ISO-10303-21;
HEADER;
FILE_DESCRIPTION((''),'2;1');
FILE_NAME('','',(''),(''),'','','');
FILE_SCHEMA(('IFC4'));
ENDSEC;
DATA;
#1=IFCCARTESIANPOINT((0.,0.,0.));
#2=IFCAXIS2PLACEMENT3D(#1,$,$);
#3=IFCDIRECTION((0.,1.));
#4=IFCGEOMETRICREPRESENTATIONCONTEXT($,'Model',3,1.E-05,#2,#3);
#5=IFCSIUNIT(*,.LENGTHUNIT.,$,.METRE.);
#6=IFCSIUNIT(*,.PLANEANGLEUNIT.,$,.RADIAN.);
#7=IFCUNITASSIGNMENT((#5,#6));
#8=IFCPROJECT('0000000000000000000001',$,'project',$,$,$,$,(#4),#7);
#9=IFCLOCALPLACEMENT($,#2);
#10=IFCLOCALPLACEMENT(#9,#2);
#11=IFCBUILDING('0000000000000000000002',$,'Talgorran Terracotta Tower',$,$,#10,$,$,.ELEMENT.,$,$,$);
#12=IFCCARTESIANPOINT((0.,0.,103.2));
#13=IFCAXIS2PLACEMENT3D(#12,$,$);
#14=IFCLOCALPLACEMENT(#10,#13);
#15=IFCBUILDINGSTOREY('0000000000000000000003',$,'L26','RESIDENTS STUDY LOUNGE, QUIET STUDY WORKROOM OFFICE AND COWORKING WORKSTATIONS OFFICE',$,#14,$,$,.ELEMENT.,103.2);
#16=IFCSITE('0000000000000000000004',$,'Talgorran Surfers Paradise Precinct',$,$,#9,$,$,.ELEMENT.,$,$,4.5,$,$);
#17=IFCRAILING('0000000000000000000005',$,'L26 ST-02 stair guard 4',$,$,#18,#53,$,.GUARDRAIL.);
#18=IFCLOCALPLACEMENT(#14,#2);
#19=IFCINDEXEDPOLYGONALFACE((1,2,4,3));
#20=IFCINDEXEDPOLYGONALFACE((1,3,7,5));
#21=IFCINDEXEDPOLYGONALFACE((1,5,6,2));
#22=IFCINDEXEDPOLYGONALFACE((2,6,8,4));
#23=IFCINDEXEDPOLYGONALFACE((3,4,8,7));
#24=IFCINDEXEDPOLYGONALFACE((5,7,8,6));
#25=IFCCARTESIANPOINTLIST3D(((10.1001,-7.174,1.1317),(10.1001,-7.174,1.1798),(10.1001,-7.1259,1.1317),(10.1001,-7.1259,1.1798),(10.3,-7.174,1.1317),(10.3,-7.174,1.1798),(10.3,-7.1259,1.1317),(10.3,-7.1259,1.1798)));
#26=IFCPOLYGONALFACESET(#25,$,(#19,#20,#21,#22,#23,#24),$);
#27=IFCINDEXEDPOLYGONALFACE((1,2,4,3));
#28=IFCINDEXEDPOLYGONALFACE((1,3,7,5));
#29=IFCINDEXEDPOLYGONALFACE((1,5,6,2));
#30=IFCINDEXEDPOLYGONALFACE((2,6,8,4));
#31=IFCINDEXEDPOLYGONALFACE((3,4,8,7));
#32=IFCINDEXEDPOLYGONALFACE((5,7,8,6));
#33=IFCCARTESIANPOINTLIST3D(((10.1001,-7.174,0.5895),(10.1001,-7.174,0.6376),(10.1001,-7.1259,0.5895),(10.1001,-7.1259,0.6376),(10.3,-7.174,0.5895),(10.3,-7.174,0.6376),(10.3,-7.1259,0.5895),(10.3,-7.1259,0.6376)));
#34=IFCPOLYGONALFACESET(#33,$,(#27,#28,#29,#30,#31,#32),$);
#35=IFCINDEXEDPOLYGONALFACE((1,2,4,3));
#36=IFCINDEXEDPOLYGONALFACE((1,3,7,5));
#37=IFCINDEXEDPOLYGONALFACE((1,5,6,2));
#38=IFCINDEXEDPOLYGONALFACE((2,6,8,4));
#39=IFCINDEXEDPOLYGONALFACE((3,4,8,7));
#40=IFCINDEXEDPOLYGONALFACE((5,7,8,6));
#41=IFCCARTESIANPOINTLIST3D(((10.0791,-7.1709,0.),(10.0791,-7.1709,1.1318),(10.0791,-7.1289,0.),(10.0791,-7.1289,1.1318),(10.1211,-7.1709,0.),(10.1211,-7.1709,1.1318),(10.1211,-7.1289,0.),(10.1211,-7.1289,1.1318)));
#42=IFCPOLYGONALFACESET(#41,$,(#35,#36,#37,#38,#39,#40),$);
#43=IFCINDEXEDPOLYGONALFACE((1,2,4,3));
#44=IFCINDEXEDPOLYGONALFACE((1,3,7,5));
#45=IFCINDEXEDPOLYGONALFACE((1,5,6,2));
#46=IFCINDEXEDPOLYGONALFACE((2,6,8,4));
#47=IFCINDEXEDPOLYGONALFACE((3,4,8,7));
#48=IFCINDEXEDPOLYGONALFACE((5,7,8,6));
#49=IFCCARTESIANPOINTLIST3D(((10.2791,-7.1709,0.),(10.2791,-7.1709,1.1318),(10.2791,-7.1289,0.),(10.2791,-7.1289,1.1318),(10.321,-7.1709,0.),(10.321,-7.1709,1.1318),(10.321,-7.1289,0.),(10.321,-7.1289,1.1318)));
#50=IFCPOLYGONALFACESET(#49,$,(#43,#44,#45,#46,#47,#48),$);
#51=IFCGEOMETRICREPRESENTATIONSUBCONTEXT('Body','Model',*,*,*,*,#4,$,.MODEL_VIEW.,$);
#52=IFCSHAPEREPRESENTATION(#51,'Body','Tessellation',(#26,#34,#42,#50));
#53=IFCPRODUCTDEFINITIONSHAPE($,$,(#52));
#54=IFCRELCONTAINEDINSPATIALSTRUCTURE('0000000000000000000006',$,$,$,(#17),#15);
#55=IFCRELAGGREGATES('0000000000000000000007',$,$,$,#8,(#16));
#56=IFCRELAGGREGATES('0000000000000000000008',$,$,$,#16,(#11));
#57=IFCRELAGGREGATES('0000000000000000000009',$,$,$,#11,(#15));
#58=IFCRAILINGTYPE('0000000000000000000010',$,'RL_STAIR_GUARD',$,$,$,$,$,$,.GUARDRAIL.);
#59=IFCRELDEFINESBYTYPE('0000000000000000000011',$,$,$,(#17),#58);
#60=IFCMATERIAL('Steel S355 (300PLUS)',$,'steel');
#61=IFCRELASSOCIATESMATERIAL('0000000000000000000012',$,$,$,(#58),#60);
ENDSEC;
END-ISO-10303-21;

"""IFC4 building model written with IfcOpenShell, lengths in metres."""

from ifc_helpers import new_model, si_unit, direction, frame, origin, origin_2d, place, context, subcontext, project, spatial, rectangle, extrude, material, type_object, element, save


model = new_model("IFC4")

# Units and contexts
model_context = context("Model", 3, precision=1e-05, world=origin(), true_north=direction((0.0, 1.0)))
body_context = subcontext(model_context, "Body", "Model", "MODEL_VIEW")
ifc_project = project(units=[si_unit("LENGTHUNIT", "METRE"), si_unit("PLANEANGLEUNIT", "RADIAN")], contexts=[model_context])

# Site, building, storey
site_placement = place(None, origin())
site = spatial("IfcSite", under=ifc_project, at=site_placement, Name="Talgorran Surfers Paradise Precinct", CompositionType="ELEMENT", RefElevation=4.5)
building_placement = place(site_placement, origin())
building = spatial("IfcBuilding", under=site, at=building_placement, Name="Talgorran Terracotta Tower", CompositionType="ELEMENT")
storey_placement = place(building_placement, frame((0.0, 0.0, 103.2)))
storey = spatial("IfcBuildingStorey", under=building, at=storey_placement, Name="L26", Description="RESIDENTS STUDY LOUNGE, QUIET STUDY WORKROOM OFFICE AND COWORKING WORKSTATIONS OFFICE", CompositionType="ELEMENT", Elevation=103.2)

# Shared definitions
ifc_material_1 = material(Name="Steel S355 (300PLUS)", Category="steel")

# Railing
railing_type_1 = type_object("IfcRailingType", Name="RL_STAIR_GUARD", PredefinedType="GUARDRAIL", material=ifc_material_1)
railing_1_placement = place(storey_placement, frame((10.1001, -7.1499, 0.0)))
element("IfcRailing", 1, at=railing_1_placement, inside=storey, type_object=railing_type_1, Name="L26 ST-02 stair guard 4", PredefinedType="GUARDRAIL", context=body_context, shape_type="SweptSolid", body=[
    extrude(rectangle(XDim=0.0481, YDim=0.0481, at=origin_2d()), frame((0.0, 0.0, 1.1558), z_axis=(1.0, 0.0, 0.0), x_axis=(0.0, 1.0, 0.0)), (0.0, 0.0, 1.0), 0.2),
    extrude(rectangle(XDim=0.0481, YDim=0.0481, at=origin_2d()), frame((0.0, 0.0, 0.6135), z_axis=(1.0, 0.0, 0.0), x_axis=(0.0, 1.0, 0.0)), (0.0, 0.0, 1.0), 0.2),
    extrude(rectangle(XDim=0.042, YDim=0.042, at=origin_2d()), origin(), (0.0, 0.0, 1.0), 1.1318),
    extrude(rectangle(XDim=0.042, YDim=0.042, at=origin_2d()), frame((0.2, 0.0, 0.0)), (0.0, 0.0, 1.0), 1.1318),
])

save(model, "model.ifc")
